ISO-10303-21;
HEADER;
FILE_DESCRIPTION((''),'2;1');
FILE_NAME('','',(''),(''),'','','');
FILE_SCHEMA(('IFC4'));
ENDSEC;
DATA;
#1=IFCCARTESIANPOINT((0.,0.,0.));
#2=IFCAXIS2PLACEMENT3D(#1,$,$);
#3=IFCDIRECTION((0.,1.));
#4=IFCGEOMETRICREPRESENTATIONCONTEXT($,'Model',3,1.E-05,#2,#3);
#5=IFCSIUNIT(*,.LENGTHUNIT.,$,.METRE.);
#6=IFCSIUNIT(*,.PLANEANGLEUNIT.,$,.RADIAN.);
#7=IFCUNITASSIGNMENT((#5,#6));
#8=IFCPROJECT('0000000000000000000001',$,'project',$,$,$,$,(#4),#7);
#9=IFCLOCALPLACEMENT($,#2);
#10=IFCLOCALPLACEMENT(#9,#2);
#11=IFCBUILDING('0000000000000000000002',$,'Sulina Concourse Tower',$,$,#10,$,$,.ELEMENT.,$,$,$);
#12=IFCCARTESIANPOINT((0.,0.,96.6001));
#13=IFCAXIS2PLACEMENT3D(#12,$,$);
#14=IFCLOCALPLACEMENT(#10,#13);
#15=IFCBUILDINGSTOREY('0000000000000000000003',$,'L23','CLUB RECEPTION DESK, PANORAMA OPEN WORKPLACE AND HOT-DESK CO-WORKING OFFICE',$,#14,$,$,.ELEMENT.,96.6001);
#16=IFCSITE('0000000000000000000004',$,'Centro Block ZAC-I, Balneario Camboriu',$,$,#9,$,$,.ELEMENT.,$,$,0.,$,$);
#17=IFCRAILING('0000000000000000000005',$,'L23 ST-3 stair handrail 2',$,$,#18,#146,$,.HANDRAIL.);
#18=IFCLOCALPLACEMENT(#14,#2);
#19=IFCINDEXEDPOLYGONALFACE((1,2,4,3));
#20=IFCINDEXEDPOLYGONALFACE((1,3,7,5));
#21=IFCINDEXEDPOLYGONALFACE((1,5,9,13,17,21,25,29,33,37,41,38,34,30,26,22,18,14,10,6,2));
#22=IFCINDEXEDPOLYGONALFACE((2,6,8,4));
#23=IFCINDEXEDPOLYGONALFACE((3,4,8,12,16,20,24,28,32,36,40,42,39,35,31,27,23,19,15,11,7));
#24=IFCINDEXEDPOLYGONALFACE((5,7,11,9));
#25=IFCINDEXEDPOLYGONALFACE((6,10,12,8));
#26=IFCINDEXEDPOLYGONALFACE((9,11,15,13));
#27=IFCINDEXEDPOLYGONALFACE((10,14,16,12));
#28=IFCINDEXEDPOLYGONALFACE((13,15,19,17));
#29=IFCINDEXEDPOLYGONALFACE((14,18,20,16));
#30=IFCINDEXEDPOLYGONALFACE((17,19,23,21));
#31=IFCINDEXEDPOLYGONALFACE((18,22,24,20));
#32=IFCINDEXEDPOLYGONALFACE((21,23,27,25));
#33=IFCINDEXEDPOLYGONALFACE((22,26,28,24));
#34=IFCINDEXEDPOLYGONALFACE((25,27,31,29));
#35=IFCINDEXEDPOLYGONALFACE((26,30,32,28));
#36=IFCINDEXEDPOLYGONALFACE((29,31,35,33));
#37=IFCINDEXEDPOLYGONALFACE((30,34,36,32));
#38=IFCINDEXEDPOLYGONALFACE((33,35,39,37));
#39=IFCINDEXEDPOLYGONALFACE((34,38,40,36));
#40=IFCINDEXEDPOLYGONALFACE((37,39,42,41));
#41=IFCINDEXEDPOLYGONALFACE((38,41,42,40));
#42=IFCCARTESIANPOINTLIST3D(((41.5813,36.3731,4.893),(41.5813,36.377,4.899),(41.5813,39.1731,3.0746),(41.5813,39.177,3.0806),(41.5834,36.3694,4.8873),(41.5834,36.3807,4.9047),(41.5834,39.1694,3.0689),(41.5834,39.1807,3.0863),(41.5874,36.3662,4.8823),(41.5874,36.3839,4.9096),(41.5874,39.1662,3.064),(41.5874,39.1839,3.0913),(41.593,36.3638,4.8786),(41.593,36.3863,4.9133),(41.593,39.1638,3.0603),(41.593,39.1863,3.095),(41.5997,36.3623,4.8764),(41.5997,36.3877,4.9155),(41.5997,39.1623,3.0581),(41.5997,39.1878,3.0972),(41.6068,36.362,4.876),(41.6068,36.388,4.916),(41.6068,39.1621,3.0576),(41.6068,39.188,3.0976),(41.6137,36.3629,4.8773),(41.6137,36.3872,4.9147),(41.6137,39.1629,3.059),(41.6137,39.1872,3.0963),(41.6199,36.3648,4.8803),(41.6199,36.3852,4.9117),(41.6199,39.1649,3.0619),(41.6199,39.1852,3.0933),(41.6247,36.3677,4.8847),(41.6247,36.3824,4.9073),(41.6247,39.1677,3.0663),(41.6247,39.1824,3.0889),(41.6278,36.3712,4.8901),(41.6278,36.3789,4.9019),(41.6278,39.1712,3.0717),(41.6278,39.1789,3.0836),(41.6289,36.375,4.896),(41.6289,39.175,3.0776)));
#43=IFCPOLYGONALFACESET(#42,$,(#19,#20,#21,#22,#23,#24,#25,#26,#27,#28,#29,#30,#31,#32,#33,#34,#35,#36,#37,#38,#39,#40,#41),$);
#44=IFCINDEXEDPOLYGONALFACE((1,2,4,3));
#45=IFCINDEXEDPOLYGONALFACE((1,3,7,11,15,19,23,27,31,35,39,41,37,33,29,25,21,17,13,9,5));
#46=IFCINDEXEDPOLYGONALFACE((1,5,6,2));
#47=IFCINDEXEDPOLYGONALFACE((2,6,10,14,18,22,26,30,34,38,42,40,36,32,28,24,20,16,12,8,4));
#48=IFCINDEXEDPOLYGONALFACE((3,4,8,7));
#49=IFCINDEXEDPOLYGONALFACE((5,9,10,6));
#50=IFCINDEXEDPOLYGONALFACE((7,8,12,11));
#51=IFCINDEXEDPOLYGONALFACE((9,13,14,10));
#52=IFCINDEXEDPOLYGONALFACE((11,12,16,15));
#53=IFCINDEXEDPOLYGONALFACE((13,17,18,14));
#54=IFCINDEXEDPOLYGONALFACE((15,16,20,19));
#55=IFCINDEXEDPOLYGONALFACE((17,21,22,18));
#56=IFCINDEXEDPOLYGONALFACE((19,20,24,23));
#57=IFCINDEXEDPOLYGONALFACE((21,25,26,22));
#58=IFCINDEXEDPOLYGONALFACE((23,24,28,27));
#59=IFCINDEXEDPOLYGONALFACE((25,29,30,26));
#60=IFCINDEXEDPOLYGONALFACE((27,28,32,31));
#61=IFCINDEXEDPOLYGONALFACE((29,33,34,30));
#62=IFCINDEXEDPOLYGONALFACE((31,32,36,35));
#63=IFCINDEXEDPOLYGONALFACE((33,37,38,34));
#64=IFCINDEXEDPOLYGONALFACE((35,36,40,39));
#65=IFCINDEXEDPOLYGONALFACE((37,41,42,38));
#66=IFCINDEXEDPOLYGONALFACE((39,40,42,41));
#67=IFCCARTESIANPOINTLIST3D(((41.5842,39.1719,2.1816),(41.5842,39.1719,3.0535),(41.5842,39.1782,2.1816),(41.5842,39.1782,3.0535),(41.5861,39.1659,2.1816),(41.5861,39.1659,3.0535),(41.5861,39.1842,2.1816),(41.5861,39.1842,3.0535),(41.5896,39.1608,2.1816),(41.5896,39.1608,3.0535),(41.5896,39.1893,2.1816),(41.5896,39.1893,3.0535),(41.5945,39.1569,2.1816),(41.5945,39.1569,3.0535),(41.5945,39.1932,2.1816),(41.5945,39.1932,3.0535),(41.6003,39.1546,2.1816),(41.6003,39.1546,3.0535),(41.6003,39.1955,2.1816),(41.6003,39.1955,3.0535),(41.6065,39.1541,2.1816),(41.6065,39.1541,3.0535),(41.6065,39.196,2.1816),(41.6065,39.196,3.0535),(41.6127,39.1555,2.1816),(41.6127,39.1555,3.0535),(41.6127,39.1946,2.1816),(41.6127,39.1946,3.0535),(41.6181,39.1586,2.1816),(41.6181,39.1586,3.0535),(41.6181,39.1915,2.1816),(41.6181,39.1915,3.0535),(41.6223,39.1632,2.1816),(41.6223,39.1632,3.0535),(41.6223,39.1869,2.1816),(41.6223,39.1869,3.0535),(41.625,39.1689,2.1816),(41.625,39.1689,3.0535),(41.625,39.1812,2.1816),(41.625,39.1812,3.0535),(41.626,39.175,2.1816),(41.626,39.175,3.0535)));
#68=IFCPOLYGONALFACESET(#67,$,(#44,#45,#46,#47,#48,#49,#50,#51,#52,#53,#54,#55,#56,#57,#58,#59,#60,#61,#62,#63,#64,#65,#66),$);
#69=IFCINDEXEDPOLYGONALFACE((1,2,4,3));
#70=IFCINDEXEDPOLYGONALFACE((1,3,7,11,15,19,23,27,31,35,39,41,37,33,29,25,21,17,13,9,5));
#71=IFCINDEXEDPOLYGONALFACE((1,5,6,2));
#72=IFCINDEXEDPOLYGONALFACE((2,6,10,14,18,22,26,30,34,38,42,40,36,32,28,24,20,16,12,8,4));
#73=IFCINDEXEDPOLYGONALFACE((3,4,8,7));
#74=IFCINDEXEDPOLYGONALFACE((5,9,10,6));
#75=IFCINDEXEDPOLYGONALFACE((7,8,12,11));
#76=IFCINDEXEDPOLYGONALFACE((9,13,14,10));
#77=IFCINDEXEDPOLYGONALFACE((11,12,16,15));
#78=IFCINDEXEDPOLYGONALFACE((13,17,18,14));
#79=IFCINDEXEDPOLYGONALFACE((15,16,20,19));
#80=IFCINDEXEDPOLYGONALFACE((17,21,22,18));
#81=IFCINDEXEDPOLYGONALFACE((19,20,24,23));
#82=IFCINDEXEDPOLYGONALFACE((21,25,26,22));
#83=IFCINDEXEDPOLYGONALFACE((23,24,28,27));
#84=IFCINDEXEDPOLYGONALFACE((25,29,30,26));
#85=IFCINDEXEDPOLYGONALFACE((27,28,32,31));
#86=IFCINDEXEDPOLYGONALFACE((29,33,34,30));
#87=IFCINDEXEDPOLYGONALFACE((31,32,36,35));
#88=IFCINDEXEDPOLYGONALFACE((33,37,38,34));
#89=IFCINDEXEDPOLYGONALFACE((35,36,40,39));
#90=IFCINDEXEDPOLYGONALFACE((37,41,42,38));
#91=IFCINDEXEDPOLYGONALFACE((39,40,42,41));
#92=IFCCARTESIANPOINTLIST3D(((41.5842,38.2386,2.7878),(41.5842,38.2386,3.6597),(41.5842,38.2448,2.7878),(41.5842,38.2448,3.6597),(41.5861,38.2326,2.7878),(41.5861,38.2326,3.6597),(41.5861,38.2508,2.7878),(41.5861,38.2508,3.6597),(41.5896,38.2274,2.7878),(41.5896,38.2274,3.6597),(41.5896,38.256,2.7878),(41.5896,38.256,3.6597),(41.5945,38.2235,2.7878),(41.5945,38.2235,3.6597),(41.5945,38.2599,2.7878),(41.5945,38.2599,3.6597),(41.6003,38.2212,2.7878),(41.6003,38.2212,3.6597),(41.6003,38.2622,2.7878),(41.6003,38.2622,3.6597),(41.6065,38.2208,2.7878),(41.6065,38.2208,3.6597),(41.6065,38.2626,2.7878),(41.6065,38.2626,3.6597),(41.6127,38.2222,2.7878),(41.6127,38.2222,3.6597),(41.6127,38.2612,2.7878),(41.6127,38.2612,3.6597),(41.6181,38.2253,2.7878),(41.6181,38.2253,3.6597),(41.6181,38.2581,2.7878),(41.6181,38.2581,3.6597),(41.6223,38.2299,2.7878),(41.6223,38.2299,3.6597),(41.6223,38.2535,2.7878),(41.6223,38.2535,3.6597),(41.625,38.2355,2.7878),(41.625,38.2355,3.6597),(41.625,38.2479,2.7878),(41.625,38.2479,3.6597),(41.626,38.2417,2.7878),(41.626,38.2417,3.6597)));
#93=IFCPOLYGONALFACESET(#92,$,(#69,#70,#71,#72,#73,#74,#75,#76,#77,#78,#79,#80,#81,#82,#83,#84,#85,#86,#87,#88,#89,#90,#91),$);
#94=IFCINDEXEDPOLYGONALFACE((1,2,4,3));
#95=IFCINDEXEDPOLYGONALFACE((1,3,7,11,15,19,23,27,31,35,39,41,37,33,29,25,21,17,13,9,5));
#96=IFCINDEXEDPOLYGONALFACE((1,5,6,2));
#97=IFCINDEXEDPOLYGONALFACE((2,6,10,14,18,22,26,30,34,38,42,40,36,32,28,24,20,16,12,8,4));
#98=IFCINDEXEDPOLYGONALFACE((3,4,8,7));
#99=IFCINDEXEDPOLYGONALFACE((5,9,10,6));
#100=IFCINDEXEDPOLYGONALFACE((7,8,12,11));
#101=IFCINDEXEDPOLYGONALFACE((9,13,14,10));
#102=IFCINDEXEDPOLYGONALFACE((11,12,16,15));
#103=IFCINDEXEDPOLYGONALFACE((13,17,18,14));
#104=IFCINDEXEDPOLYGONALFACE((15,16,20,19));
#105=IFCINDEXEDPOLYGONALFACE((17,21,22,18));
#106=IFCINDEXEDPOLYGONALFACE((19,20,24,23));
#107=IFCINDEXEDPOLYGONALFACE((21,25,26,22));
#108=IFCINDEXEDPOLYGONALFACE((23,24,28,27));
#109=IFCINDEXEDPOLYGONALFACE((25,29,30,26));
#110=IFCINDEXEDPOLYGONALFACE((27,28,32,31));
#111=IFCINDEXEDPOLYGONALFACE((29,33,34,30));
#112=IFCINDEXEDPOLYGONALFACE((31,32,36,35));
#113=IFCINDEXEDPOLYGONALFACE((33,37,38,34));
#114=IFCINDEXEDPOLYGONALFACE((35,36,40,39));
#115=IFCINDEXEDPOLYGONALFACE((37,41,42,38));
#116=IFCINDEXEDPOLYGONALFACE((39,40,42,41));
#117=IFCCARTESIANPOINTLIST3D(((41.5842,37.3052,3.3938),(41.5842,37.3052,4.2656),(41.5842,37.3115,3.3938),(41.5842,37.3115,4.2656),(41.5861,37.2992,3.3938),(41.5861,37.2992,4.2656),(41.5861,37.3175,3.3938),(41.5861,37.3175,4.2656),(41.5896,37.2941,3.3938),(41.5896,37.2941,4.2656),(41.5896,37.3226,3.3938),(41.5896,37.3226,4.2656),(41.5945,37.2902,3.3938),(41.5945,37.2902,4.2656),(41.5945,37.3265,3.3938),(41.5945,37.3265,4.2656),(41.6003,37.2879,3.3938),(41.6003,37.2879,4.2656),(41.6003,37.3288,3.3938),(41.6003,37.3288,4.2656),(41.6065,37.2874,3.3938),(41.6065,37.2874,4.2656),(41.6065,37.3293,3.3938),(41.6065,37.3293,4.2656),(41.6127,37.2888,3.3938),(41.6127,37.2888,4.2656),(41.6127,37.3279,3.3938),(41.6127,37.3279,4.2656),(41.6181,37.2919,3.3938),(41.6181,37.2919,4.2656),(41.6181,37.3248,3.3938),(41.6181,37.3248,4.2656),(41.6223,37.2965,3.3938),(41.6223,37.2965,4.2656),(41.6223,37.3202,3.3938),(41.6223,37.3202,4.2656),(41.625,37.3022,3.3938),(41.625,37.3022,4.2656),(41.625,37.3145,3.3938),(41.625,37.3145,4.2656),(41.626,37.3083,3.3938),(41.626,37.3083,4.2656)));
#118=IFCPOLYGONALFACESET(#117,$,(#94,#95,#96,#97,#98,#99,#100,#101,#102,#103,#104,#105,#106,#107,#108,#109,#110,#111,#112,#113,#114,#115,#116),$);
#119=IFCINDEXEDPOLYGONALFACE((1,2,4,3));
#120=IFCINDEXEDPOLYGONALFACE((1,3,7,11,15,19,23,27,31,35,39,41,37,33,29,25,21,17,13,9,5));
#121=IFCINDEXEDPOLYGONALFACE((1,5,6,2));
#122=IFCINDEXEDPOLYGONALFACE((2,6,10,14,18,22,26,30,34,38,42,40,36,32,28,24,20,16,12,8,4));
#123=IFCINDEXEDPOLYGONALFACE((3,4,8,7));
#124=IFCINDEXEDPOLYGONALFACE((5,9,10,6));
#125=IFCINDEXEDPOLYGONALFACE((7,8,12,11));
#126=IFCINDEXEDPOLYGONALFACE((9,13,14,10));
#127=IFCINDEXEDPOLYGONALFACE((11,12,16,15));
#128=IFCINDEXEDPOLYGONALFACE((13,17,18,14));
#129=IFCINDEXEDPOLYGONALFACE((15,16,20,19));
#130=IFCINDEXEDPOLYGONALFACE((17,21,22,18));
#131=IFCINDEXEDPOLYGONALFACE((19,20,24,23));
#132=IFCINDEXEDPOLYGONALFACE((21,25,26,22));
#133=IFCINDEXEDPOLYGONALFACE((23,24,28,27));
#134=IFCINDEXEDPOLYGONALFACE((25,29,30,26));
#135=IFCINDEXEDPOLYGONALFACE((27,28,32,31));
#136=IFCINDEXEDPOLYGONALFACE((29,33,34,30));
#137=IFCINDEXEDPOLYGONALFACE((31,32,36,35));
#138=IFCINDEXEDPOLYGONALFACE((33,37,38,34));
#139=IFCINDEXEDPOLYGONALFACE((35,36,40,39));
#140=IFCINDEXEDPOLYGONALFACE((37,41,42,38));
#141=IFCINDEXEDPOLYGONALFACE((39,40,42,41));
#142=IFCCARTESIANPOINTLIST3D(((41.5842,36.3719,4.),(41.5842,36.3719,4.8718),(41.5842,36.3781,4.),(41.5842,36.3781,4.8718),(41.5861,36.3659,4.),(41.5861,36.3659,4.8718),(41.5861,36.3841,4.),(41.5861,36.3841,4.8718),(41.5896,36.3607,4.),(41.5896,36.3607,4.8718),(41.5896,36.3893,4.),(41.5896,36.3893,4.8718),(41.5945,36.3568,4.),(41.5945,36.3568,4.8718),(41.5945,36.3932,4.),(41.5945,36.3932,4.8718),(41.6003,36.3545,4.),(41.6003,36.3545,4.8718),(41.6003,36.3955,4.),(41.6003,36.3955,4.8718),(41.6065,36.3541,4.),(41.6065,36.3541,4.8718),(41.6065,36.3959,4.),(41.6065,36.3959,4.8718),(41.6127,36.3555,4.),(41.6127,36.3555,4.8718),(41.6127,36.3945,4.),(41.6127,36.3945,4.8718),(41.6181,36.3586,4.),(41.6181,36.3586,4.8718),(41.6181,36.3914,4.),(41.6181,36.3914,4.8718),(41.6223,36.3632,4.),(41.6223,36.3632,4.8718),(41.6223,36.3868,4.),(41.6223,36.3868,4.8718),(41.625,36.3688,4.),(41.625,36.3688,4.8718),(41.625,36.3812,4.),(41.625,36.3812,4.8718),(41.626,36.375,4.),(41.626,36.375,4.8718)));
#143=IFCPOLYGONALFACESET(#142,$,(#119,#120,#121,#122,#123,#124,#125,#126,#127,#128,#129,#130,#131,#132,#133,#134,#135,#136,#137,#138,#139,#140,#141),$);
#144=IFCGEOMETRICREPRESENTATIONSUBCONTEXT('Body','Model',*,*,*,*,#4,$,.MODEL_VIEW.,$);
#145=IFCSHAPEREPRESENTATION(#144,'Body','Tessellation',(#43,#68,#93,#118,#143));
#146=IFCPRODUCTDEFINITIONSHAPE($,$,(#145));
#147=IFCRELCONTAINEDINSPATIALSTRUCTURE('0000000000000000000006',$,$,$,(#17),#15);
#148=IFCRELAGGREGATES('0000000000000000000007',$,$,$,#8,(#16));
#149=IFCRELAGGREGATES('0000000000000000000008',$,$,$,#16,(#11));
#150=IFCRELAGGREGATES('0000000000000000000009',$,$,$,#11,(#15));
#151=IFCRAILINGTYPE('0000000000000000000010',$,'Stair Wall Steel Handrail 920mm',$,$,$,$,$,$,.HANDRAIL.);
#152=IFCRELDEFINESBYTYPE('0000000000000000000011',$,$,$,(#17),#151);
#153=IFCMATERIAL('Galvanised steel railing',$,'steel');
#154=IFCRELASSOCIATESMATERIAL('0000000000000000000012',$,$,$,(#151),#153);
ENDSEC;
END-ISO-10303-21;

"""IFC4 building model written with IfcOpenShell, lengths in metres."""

from ifc_helpers import new_model, si_unit, direction, frame, origin, origin_2d, place, context, subcontext, project, spatial, circle, extrude, material, type_object, element, save


model = new_model("IFC4")

# Units and contexts
model_context = context("Model", 3, precision=1e-05, world=origin(), true_north=direction((0.0, 1.0)))
body_context = subcontext(model_context, "Body", "Model", "MODEL_VIEW")
ifc_project = project(units=[si_unit("LENGTHUNIT", "METRE"), si_unit("PLANEANGLEUNIT", "RADIAN")], contexts=[model_context])

# Site, building, storey
site_placement = place(None, origin())
site = spatial("IfcSite", under=ifc_project, at=site_placement, Name="Centro Block ZAC-I, Balneario Camboriu", CompositionType="ELEMENT", RefElevation=0.0)
building_placement = place(site_placement, origin())
building = spatial("IfcBuilding", under=site, at=building_placement, Name="Sulina Concourse Tower", CompositionType="ELEMENT")
storey_placement = place(building_placement, frame((0.0, 0.0, 96.6001)))
storey = spatial("IfcBuildingStorey", under=building, at=storey_placement, Name="L23", Description="CLUB RECEPTION DESK, PANORAMA OPEN WORKPLACE AND HOT-DESK CO-WORKING OFFICE", CompositionType="ELEMENT", Elevation=96.6001)

# Railing
ifc_material_1 = material(Name="Galvanised steel railing", Category="steel")
railing_type_1 = type_object("IfcRailingType", Name="Stair Wall Steel Handrail 920mm", PredefinedType="HANDRAIL", material=ifc_material_1)
railing_1_placement = place(storey_placement, frame((41.605, 39.175, 2.1816)))
element("IfcRailing", 1, at=railing_1_placement, inside=storey, type_object=railing_type_1, Name="L23 ST-3 stair handrail 2", PredefinedType="HANDRAIL", context=body_context, shape_type="SweptSolid", body=[
    extrude(circle(Radius=0.0239, at=origin_2d()), frame((0.0, 0.0, 0.896), z_axis=(0.0, -0.838672, 0.544636), x_axis=(1.0, 0.0, 0.0)), (0.0, 0.0, 1.0), 3.3386),
    extrude(circle(Radius=0.021, at=origin_2d()), origin(), (0.0, 0.0, 1.0), 0.8718),
    extrude(circle(Radius=0.021, at=origin_2d()), frame((0.0, -0.9333, 0.6062)), (0.0, 0.0, 1.0), 0.8718),
    extrude(circle(Radius=0.021, at=origin_2d()), frame((0.0, -1.8667, 1.2122)), (0.0, 0.0, 1.0), 0.8718),
    extrude(circle(Radius=0.021, at=origin_2d()), frame((0.0, -2.8, 1.8184)), (0.0, 0.0, 1.0), 0.8718),
])

save(model, "model.ifc")
